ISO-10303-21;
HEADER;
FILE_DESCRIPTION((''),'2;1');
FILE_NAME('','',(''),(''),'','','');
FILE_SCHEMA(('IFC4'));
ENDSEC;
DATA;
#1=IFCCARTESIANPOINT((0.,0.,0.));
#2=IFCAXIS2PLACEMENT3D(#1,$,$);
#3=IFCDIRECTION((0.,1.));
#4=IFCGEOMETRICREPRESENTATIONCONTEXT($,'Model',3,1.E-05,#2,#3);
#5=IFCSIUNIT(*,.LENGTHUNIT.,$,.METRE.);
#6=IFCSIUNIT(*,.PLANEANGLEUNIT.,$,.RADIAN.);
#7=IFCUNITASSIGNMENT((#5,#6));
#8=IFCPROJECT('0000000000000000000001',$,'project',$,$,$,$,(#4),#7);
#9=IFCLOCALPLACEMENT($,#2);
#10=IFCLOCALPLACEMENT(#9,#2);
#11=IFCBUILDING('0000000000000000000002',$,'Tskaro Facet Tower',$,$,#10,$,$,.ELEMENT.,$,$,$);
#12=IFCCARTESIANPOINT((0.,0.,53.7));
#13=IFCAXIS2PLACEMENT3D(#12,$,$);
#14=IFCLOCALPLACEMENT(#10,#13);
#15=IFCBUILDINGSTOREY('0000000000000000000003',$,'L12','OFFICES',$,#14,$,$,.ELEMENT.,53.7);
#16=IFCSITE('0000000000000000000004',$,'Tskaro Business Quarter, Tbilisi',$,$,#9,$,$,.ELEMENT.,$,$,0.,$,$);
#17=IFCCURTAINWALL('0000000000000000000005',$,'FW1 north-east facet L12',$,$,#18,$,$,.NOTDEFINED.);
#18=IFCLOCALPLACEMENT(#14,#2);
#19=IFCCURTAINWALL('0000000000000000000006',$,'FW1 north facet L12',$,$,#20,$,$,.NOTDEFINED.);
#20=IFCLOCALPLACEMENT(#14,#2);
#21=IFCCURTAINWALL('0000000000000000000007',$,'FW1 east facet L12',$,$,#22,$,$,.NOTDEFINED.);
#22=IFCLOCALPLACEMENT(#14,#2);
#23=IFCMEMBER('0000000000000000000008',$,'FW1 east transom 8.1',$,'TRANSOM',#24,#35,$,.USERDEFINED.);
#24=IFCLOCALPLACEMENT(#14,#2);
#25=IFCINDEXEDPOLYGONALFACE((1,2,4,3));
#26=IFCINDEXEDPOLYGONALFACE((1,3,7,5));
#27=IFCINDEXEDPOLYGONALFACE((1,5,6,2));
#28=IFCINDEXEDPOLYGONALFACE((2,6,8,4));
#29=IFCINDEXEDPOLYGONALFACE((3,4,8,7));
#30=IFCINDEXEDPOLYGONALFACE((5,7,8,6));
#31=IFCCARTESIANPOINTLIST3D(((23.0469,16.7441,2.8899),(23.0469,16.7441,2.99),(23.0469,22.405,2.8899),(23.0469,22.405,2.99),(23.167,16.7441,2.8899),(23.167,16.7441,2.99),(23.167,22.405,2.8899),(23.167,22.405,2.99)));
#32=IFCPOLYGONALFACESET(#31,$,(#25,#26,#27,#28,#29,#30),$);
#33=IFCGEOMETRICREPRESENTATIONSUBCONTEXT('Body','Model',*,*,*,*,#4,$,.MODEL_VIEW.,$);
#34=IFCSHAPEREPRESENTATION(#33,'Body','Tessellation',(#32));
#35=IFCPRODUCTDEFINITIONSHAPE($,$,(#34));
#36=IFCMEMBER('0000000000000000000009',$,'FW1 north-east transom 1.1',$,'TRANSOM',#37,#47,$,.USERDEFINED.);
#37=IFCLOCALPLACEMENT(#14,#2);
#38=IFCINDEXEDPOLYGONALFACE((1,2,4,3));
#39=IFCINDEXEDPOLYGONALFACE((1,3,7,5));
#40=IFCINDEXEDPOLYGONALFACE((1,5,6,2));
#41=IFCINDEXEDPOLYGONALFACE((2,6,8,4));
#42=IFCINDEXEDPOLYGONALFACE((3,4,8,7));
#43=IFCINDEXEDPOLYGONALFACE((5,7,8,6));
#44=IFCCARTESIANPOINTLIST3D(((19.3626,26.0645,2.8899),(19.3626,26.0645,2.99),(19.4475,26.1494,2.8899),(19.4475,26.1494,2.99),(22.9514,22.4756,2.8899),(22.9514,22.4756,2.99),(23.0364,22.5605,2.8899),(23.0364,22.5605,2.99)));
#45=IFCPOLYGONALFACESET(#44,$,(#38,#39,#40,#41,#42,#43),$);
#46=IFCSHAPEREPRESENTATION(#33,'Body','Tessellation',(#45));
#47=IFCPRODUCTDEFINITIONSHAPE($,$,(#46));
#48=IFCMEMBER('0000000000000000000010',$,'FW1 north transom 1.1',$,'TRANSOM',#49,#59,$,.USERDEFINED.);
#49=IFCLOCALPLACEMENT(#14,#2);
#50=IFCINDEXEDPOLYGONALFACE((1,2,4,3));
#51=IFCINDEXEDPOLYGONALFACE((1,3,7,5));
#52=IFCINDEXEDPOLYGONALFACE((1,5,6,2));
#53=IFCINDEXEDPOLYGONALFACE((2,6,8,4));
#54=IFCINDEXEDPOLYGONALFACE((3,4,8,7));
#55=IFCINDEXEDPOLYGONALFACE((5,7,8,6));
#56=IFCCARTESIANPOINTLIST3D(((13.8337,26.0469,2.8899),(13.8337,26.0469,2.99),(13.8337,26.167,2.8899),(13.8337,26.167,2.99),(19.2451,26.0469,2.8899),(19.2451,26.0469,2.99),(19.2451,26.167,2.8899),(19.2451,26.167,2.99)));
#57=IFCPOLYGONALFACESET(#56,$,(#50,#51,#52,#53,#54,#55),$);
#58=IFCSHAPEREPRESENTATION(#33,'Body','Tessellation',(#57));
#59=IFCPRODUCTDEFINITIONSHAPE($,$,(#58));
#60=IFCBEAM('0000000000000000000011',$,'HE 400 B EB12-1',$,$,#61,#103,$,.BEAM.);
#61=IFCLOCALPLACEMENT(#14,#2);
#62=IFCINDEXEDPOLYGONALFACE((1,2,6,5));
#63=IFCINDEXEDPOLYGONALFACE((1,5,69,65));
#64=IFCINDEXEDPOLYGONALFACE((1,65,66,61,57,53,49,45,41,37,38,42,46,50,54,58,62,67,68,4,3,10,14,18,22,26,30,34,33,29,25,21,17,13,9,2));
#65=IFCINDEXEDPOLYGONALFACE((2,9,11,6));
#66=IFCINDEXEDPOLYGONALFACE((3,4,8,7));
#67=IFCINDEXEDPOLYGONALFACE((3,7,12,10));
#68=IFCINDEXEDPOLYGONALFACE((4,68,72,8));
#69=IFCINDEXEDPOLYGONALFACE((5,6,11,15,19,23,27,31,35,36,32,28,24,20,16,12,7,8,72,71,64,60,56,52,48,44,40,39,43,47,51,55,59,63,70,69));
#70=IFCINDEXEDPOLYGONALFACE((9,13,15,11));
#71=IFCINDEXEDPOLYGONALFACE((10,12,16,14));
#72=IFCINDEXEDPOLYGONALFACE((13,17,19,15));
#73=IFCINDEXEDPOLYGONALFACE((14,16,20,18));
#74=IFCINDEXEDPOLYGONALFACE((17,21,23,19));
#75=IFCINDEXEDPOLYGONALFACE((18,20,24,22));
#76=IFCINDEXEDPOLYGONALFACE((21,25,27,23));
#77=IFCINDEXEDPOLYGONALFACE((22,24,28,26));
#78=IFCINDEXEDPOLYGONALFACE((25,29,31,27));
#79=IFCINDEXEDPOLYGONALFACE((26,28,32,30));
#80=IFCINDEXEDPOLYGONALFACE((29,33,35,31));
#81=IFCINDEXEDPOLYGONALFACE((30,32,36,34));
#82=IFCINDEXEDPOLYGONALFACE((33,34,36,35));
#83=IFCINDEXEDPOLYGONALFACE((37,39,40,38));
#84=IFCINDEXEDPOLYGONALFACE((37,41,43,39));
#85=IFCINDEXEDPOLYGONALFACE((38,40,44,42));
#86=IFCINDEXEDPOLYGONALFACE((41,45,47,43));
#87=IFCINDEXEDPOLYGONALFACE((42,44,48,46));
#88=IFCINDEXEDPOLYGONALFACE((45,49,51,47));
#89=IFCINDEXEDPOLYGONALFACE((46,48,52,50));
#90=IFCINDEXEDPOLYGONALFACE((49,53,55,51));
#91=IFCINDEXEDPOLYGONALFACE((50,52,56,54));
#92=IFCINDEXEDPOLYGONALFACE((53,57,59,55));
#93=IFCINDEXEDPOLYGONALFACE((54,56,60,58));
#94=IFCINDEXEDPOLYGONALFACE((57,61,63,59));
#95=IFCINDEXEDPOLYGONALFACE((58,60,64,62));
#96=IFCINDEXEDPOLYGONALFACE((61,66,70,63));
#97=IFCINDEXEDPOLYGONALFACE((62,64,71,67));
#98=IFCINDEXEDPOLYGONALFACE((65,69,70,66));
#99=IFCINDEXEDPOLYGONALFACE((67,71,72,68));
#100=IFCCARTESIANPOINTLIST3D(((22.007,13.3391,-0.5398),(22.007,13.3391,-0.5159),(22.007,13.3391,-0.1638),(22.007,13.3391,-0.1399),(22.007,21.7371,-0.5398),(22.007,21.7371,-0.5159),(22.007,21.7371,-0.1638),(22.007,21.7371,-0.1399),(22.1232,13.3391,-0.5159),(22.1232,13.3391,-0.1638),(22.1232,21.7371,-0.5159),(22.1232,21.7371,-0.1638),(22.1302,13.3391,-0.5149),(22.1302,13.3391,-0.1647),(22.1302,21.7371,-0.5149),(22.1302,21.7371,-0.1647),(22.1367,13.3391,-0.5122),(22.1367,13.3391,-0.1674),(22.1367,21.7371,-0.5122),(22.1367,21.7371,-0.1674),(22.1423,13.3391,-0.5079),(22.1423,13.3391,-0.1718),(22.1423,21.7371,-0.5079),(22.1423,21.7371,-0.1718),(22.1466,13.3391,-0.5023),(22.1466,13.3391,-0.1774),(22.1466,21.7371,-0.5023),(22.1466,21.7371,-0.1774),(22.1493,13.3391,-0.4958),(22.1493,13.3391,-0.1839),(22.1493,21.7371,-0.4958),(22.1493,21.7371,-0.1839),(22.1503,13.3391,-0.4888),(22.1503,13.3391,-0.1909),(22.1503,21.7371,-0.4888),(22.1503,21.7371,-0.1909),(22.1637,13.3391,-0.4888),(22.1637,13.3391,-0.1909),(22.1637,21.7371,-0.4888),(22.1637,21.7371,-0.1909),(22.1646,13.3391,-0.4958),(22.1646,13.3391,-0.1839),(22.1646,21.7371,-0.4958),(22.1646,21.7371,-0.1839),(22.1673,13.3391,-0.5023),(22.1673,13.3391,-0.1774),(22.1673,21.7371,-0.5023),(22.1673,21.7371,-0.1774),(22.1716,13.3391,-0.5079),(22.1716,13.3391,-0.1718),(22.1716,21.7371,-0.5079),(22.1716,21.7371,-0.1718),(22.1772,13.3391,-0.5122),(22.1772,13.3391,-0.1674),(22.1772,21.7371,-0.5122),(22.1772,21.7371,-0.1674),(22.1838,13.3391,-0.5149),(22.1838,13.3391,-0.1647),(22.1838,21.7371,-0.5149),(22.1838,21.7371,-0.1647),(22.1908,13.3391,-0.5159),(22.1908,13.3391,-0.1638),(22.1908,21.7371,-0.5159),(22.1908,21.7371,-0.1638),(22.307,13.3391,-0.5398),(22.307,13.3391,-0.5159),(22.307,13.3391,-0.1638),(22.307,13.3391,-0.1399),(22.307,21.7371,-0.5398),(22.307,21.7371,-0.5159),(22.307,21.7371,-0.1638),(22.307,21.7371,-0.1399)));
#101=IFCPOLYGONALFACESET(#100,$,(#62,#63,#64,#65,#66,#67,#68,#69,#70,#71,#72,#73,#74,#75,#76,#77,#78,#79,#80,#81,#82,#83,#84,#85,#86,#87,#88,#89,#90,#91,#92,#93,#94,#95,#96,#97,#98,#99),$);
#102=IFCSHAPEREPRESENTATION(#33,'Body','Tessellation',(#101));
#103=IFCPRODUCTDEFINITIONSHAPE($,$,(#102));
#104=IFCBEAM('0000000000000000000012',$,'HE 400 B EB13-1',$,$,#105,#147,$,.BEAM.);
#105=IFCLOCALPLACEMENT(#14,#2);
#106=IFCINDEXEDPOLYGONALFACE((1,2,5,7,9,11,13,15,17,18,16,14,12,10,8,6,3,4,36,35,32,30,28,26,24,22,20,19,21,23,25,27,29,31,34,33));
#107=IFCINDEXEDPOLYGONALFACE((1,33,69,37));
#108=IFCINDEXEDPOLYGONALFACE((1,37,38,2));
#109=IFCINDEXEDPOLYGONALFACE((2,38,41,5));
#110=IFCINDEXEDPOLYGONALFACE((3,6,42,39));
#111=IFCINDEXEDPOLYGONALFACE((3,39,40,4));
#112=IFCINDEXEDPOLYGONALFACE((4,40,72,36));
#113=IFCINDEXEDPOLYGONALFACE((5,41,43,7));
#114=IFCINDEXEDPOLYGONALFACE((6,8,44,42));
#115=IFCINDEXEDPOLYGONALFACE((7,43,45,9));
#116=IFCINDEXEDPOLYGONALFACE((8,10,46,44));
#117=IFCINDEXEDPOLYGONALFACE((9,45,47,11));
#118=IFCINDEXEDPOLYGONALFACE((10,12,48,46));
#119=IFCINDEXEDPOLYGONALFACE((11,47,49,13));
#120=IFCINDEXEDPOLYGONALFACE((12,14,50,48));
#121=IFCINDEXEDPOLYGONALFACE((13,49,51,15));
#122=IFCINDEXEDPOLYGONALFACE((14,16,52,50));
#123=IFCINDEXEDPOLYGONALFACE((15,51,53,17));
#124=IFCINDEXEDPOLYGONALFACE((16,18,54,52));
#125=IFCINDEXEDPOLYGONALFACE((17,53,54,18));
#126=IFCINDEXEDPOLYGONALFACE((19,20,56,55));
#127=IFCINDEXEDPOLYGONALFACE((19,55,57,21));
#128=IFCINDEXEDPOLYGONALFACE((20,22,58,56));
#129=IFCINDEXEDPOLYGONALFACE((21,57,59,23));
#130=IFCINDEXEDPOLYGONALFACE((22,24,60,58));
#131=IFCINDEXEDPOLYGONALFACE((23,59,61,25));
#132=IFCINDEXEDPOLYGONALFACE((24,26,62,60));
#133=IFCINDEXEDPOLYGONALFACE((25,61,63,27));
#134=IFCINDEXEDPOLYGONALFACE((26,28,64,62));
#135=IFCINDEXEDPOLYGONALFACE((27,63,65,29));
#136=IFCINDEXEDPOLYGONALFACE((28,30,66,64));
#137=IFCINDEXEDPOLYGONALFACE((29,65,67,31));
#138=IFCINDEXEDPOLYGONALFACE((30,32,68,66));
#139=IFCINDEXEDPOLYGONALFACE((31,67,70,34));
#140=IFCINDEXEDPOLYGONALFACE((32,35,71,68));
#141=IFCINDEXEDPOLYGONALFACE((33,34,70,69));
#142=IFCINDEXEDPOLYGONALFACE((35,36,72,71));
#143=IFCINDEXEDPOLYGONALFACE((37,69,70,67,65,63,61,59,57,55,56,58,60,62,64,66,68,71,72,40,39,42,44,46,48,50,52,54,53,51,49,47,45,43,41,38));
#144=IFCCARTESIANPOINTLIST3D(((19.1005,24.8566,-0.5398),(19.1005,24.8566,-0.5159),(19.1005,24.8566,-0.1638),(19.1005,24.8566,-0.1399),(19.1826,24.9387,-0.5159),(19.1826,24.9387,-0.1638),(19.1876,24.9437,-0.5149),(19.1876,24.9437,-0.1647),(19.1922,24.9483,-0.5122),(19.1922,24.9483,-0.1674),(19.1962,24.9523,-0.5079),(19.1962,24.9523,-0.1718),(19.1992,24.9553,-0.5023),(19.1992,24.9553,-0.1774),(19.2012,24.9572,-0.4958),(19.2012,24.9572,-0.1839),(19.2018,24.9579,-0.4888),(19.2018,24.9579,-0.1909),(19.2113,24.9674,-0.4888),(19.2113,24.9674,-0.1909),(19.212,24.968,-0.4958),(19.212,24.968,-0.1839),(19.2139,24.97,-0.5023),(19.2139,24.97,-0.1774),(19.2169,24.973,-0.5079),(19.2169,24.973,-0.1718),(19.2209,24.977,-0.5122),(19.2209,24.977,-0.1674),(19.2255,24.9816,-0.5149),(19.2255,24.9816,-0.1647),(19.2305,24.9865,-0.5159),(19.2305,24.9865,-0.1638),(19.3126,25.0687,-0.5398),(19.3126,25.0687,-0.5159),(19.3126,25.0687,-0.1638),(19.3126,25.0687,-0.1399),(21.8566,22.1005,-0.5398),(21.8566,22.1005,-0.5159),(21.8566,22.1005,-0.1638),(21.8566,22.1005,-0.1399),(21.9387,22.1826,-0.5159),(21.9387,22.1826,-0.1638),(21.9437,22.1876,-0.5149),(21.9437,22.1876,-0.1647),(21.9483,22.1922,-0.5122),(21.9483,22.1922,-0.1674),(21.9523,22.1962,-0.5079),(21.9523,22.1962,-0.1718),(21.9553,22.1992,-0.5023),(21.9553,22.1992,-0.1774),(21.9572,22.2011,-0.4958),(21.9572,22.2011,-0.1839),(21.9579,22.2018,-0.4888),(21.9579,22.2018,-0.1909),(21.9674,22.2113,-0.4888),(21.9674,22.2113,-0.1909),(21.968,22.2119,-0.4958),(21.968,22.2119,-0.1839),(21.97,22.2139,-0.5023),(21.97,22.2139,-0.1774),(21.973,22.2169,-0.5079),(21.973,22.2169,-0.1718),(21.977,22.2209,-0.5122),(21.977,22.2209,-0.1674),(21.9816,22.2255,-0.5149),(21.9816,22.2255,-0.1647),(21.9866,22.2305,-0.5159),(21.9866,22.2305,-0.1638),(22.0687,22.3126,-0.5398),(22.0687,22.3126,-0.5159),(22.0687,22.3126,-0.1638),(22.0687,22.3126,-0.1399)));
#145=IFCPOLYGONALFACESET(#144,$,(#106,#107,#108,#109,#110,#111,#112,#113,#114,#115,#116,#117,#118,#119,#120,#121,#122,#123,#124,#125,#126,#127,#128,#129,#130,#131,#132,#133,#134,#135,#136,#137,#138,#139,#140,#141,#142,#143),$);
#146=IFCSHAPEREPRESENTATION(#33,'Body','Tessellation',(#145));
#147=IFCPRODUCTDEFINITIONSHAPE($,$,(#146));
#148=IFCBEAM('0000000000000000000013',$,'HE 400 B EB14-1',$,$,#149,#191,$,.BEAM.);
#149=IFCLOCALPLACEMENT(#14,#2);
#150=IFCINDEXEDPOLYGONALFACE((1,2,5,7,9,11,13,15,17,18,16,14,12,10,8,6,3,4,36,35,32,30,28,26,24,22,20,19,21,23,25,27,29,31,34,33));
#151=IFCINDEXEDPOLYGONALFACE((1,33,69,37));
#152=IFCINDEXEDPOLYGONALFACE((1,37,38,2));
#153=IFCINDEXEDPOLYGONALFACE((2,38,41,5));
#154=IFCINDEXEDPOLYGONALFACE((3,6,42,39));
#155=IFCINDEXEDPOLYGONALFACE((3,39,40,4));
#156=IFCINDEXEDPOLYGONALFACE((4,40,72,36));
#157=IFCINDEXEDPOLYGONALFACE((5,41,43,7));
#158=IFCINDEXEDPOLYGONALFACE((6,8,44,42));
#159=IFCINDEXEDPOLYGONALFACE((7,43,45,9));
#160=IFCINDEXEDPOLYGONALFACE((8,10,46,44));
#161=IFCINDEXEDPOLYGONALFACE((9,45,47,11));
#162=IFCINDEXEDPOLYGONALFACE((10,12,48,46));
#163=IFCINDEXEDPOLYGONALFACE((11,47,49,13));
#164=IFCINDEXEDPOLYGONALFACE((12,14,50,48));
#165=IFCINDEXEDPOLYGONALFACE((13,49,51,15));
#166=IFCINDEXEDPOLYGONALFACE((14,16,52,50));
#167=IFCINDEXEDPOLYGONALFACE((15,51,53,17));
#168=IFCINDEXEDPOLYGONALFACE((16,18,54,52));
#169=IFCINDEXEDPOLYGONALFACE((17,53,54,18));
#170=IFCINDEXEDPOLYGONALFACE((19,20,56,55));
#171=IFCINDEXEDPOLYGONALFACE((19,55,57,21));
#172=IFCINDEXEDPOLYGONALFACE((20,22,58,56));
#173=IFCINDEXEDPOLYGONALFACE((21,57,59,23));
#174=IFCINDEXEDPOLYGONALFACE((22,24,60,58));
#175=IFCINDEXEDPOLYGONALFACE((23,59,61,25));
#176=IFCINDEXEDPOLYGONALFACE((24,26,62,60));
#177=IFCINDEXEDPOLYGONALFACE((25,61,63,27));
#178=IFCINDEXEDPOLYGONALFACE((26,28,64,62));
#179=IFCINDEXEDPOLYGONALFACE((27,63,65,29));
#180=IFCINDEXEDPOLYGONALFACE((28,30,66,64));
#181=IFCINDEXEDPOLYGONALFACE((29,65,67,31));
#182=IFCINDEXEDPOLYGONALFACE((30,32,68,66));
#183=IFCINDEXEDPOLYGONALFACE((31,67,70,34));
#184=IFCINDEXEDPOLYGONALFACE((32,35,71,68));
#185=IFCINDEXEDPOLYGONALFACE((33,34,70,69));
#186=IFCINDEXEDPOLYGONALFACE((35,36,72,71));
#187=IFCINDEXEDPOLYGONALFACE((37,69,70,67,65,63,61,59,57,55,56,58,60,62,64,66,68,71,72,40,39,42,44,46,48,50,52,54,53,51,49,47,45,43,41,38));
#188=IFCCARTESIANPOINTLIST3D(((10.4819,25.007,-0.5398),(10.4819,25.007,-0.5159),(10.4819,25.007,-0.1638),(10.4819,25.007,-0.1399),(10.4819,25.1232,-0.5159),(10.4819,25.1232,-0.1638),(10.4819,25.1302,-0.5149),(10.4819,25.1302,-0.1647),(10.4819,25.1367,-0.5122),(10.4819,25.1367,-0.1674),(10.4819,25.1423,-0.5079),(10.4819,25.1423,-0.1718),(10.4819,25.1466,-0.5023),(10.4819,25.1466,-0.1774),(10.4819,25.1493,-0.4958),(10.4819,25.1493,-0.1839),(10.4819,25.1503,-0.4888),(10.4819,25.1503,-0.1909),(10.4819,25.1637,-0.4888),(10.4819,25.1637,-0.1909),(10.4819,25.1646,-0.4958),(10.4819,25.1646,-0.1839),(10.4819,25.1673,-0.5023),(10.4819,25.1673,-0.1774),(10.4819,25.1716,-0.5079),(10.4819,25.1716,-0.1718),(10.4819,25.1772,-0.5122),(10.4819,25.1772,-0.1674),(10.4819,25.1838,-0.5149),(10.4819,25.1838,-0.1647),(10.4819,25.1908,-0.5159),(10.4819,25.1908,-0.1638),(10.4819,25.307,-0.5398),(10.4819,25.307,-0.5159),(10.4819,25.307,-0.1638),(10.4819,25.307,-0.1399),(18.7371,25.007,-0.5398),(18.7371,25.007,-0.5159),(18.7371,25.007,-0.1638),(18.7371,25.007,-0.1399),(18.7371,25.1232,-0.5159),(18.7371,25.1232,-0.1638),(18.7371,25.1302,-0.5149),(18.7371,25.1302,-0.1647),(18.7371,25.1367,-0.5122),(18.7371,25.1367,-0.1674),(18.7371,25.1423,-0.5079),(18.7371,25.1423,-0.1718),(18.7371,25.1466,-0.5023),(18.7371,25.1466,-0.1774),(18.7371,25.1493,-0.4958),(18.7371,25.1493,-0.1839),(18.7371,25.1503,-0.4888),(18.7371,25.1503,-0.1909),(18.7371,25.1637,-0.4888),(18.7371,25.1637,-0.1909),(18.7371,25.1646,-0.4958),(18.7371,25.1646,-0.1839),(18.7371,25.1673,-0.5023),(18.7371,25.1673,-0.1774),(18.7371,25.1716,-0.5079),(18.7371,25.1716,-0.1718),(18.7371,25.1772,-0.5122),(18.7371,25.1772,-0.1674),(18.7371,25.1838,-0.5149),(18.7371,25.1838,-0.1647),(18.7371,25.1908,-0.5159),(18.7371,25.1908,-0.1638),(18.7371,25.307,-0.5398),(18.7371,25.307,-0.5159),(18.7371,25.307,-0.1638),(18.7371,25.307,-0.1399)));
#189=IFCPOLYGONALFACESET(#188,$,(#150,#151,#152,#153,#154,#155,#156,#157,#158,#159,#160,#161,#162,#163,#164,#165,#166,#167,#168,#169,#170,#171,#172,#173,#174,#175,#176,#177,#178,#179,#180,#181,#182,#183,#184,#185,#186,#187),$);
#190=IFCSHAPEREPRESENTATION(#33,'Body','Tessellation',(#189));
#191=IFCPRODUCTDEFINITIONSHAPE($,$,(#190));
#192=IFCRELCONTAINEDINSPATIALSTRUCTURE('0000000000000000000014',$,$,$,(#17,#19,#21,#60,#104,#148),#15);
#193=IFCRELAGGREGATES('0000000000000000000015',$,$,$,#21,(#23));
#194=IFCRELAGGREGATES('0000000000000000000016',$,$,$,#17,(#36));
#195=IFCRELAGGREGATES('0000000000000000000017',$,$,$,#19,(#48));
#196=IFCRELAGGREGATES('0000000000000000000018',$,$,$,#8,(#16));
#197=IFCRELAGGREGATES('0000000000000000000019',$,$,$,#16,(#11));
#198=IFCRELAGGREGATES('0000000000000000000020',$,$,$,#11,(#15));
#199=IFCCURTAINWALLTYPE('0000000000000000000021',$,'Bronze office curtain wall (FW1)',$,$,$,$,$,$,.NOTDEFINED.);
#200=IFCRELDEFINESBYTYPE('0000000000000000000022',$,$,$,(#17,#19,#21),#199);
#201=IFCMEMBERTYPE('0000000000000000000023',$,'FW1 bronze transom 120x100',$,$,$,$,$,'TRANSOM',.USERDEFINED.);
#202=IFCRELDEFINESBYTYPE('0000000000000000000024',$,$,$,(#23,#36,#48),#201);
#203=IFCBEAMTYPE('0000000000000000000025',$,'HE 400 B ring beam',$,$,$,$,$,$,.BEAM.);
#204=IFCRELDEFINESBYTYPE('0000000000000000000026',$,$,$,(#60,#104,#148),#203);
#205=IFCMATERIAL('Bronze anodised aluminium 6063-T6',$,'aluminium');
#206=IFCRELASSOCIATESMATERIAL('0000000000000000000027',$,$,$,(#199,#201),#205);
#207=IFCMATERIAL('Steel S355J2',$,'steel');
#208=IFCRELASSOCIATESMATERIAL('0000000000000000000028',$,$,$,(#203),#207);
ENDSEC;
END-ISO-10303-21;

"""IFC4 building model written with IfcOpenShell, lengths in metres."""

from ifc_helpers import new_model, si_unit, direction, frame, origin, origin_2d, place, context, subcontext, project, spatial, rectangle, i_section, extrude, material, material_profile, profile_set, type_object, element, aggregate, save


model = new_model("IFC4")

# Units and contexts
model_context = context("Model", 3, precision=1e-05, world=origin(), true_north=direction((0.0, 1.0)))
body_context = subcontext(model_context, "Body", "Model", "MODEL_VIEW")
ifc_project = project(units=[si_unit("LENGTHUNIT", "METRE"), si_unit("PLANEANGLEUNIT", "RADIAN")], contexts=[model_context])

# Site, building, storey
site_placement = place(None, origin())
site = spatial("IfcSite", under=ifc_project, at=site_placement, Name="Tskaro Business Quarter, Tbilisi", CompositionType="ELEMENT", RefElevation=0.0)
building_placement = place(site_placement, origin())
building = spatial("IfcBuilding", under=site, at=building_placement, Name="Tskaro Facet Tower", CompositionType="ELEMENT")
storey_placement = place(building_placement, frame((0.0, 0.0, 53.7)))
storey = spatial("IfcBuildingStorey", under=building, at=storey_placement, Name="L12", Description="OFFICES", CompositionType="ELEMENT", Elevation=53.7)

# Curtain walls
ifc_material_1 = material(Name="Bronze anodised aluminium 6063-T6", Category="aluminium")
curtain_wall_type = type_object("IfcCurtainWallType", Name="Bronze office curtain wall (FW1)", PredefinedType="NOTDEFINED", material=ifc_material_1)
curtain_wall_1_placement = place(storey_placement, origin())
curtain_wall_1 = element("IfcCurtainWall", 1, at=curtain_wall_1_placement, inside=storey, type_object=curtain_wall_type, Name="FW1 north-east facet L12", PredefinedType="NOTDEFINED")
curtain_wall_2_placement = place(storey_placement, origin())
curtain_wall_2 = element("IfcCurtainWall", 2, at=curtain_wall_2_placement, inside=storey, type_object=curtain_wall_type, Name="FW1 north facet L12", PredefinedType="NOTDEFINED")

# Curtain wall, member
curtain_wall_3_placement = place(storey_placement, origin())
curtain_wall_3 = element("IfcCurtainWall", 3, at=curtain_wall_3_placement, inside=storey, type_object=curtain_wall_type, Name="FW1 east facet L12", PredefinedType="NOTDEFINED")
ifc_material_profile_1 = material_profile(ifc_material_1, rectangle(XDim=0.1201, YDim=0.1001, at=origin_2d()), Name="Transom 120x100")
ifc_profile_set_1 = profile_set([ifc_material_profile_1], Name="Bronze anodised aluminium 6063-T6")
member_type_1 = type_object("IfcMemberType", Name="FW1 bronze transom 120x100", ElementType="TRANSOM", PredefinedType="USERDEFINED", material=ifc_profile_set_1)
member_1_placement = place(storey_placement, frame((23.1069, 16.7441, 2.9399), z_axis=(0.0, 1.0, 0.0), x_axis=(-1.0, 0.0, 0.0)))
member_1 = element("IfcMember", 4, at=member_1_placement, type_object=member_type_1, Name="FW1 east transom 8.1", ObjectType="TRANSOM", PredefinedType="USERDEFINED", context=body_context, shape_type="SweptSolid", body=[
    extrude(rectangle(XDim=0.1201, YDim=0.1001, at=origin_2d()), origin(), (0.0, 0.0, 1.0), 5.6609),
])

# Members
member_2_placement = place(storey_placement, frame((22.9939, 22.5181, 2.9399), z_axis=(-0.707107, 0.707107, 0.0), x_axis=(-0.707107, -0.707107, 0.0)))
member_2 = element("IfcMember", 5, at=member_2_placement, type_object=member_type_1, Name="FW1 north-east transom 1.1", ObjectType="TRANSOM", PredefinedType="USERDEFINED", context=body_context, shape_type="SweptSolid", body=[
    extrude(rectangle(XDim=0.1201, YDim=0.1001, at=origin_2d()), origin(), (0.0, 0.0, 1.0), 5.0754),
])
member_3_placement = place(storey_placement, frame((19.2451, 26.1069, 2.9399), z_axis=(-1.0, 0.0, 0.0), x_axis=(0.0, -1.0, 0.0)))
member_3 = element("IfcMember", 6, at=member_3_placement, type_object=member_type_1, Name="FW1 north transom 1.1", ObjectType="TRANSOM", PredefinedType="USERDEFINED", context=body_context, shape_type="SweptSolid", body=[
    extrude(rectangle(XDim=0.1201, YDim=0.1001, at=origin_2d()), origin(), (0.0, 0.0, 1.0), 5.4114),
])

# Beams
ifc_material_2 = material(Name="Steel S355J2", Category="steel")
ifc_material_profile_2 = material_profile(ifc_material_2, i_section(OverallWidth=0.3, OverallDepth=0.3999, WebThickness=0.0134, FlangeThickness=0.0239, FilletRadius=0.0271, at=origin_2d()), Name="HE 400 B")
ifc_profile_set_2 = profile_set([ifc_material_profile_2], Name="Steel S355J2")
beam_type_1 = type_object("IfcBeamType", Name="HE 400 B ring beam", PredefinedType="BEAM", material=ifc_profile_set_2)
beam_1_placement = place(storey_placement, frame((22.157, 13.3391, -0.3398), z_axis=(0.0, 1.0, 0.0), x_axis=(-1.0, 0.0, 0.0)))
element("IfcBeam", 7, at=beam_1_placement, inside=storey, type_object=beam_type_1, Name="HE 400 B EB12-1", PredefinedType="BEAM", context=body_context, shape_type="SweptSolid", body=[
    extrude(i_section(OverallWidth=0.3, OverallDepth=0.3999, WebThickness=0.0134, FlangeThickness=0.0239, FilletRadius=0.0271, at=origin_2d()), origin(), (0.0, 0.0, 1.0), 8.3979),
])
beam_2_placement = place(storey_placement, frame((21.9626, 22.2065, -0.3398), z_axis=(-0.707107, 0.707107, 0.0), x_axis=(-0.707107, -0.707107, 0.0)))
element("IfcBeam", 8, at=beam_2_placement, inside=storey, type_object=beam_type_1, Name="HE 400 B EB13-1", PredefinedType="BEAM", context=body_context, shape_type="SweptSolid", body=[
    extrude(i_section(OverallWidth=0.3, OverallDepth=0.3999, WebThickness=0.0134, FlangeThickness=0.0239, FilletRadius=0.0271, at=origin_2d()), origin(), (0.0, 0.0, 1.0), 3.8977),
])
beam_3_placement = place(storey_placement, frame((18.7371, 25.157, -0.3398), z_axis=(-1.0, 0.0, 0.0), x_axis=(0.0, -1.0, 0.0)))
element("IfcBeam", 9, at=beam_3_placement, inside=storey, type_object=beam_type_1, Name="HE 400 B EB14-1", PredefinedType="BEAM", context=body_context, shape_type="SweptSolid", body=[
    extrude(i_section(OverallWidth=0.3, OverallDepth=0.3999, WebThickness=0.0134, FlangeThickness=0.0239, FilletRadius=0.0271, at=origin_2d()), origin(), (0.0, 0.0, 1.0), 8.2551),
])

aggregate(curtain_wall_3, [member_1])
aggregate(curtain_wall_1, [member_2])
aggregate(curtain_wall_2, [member_3])

save(model, "model.ifc")
